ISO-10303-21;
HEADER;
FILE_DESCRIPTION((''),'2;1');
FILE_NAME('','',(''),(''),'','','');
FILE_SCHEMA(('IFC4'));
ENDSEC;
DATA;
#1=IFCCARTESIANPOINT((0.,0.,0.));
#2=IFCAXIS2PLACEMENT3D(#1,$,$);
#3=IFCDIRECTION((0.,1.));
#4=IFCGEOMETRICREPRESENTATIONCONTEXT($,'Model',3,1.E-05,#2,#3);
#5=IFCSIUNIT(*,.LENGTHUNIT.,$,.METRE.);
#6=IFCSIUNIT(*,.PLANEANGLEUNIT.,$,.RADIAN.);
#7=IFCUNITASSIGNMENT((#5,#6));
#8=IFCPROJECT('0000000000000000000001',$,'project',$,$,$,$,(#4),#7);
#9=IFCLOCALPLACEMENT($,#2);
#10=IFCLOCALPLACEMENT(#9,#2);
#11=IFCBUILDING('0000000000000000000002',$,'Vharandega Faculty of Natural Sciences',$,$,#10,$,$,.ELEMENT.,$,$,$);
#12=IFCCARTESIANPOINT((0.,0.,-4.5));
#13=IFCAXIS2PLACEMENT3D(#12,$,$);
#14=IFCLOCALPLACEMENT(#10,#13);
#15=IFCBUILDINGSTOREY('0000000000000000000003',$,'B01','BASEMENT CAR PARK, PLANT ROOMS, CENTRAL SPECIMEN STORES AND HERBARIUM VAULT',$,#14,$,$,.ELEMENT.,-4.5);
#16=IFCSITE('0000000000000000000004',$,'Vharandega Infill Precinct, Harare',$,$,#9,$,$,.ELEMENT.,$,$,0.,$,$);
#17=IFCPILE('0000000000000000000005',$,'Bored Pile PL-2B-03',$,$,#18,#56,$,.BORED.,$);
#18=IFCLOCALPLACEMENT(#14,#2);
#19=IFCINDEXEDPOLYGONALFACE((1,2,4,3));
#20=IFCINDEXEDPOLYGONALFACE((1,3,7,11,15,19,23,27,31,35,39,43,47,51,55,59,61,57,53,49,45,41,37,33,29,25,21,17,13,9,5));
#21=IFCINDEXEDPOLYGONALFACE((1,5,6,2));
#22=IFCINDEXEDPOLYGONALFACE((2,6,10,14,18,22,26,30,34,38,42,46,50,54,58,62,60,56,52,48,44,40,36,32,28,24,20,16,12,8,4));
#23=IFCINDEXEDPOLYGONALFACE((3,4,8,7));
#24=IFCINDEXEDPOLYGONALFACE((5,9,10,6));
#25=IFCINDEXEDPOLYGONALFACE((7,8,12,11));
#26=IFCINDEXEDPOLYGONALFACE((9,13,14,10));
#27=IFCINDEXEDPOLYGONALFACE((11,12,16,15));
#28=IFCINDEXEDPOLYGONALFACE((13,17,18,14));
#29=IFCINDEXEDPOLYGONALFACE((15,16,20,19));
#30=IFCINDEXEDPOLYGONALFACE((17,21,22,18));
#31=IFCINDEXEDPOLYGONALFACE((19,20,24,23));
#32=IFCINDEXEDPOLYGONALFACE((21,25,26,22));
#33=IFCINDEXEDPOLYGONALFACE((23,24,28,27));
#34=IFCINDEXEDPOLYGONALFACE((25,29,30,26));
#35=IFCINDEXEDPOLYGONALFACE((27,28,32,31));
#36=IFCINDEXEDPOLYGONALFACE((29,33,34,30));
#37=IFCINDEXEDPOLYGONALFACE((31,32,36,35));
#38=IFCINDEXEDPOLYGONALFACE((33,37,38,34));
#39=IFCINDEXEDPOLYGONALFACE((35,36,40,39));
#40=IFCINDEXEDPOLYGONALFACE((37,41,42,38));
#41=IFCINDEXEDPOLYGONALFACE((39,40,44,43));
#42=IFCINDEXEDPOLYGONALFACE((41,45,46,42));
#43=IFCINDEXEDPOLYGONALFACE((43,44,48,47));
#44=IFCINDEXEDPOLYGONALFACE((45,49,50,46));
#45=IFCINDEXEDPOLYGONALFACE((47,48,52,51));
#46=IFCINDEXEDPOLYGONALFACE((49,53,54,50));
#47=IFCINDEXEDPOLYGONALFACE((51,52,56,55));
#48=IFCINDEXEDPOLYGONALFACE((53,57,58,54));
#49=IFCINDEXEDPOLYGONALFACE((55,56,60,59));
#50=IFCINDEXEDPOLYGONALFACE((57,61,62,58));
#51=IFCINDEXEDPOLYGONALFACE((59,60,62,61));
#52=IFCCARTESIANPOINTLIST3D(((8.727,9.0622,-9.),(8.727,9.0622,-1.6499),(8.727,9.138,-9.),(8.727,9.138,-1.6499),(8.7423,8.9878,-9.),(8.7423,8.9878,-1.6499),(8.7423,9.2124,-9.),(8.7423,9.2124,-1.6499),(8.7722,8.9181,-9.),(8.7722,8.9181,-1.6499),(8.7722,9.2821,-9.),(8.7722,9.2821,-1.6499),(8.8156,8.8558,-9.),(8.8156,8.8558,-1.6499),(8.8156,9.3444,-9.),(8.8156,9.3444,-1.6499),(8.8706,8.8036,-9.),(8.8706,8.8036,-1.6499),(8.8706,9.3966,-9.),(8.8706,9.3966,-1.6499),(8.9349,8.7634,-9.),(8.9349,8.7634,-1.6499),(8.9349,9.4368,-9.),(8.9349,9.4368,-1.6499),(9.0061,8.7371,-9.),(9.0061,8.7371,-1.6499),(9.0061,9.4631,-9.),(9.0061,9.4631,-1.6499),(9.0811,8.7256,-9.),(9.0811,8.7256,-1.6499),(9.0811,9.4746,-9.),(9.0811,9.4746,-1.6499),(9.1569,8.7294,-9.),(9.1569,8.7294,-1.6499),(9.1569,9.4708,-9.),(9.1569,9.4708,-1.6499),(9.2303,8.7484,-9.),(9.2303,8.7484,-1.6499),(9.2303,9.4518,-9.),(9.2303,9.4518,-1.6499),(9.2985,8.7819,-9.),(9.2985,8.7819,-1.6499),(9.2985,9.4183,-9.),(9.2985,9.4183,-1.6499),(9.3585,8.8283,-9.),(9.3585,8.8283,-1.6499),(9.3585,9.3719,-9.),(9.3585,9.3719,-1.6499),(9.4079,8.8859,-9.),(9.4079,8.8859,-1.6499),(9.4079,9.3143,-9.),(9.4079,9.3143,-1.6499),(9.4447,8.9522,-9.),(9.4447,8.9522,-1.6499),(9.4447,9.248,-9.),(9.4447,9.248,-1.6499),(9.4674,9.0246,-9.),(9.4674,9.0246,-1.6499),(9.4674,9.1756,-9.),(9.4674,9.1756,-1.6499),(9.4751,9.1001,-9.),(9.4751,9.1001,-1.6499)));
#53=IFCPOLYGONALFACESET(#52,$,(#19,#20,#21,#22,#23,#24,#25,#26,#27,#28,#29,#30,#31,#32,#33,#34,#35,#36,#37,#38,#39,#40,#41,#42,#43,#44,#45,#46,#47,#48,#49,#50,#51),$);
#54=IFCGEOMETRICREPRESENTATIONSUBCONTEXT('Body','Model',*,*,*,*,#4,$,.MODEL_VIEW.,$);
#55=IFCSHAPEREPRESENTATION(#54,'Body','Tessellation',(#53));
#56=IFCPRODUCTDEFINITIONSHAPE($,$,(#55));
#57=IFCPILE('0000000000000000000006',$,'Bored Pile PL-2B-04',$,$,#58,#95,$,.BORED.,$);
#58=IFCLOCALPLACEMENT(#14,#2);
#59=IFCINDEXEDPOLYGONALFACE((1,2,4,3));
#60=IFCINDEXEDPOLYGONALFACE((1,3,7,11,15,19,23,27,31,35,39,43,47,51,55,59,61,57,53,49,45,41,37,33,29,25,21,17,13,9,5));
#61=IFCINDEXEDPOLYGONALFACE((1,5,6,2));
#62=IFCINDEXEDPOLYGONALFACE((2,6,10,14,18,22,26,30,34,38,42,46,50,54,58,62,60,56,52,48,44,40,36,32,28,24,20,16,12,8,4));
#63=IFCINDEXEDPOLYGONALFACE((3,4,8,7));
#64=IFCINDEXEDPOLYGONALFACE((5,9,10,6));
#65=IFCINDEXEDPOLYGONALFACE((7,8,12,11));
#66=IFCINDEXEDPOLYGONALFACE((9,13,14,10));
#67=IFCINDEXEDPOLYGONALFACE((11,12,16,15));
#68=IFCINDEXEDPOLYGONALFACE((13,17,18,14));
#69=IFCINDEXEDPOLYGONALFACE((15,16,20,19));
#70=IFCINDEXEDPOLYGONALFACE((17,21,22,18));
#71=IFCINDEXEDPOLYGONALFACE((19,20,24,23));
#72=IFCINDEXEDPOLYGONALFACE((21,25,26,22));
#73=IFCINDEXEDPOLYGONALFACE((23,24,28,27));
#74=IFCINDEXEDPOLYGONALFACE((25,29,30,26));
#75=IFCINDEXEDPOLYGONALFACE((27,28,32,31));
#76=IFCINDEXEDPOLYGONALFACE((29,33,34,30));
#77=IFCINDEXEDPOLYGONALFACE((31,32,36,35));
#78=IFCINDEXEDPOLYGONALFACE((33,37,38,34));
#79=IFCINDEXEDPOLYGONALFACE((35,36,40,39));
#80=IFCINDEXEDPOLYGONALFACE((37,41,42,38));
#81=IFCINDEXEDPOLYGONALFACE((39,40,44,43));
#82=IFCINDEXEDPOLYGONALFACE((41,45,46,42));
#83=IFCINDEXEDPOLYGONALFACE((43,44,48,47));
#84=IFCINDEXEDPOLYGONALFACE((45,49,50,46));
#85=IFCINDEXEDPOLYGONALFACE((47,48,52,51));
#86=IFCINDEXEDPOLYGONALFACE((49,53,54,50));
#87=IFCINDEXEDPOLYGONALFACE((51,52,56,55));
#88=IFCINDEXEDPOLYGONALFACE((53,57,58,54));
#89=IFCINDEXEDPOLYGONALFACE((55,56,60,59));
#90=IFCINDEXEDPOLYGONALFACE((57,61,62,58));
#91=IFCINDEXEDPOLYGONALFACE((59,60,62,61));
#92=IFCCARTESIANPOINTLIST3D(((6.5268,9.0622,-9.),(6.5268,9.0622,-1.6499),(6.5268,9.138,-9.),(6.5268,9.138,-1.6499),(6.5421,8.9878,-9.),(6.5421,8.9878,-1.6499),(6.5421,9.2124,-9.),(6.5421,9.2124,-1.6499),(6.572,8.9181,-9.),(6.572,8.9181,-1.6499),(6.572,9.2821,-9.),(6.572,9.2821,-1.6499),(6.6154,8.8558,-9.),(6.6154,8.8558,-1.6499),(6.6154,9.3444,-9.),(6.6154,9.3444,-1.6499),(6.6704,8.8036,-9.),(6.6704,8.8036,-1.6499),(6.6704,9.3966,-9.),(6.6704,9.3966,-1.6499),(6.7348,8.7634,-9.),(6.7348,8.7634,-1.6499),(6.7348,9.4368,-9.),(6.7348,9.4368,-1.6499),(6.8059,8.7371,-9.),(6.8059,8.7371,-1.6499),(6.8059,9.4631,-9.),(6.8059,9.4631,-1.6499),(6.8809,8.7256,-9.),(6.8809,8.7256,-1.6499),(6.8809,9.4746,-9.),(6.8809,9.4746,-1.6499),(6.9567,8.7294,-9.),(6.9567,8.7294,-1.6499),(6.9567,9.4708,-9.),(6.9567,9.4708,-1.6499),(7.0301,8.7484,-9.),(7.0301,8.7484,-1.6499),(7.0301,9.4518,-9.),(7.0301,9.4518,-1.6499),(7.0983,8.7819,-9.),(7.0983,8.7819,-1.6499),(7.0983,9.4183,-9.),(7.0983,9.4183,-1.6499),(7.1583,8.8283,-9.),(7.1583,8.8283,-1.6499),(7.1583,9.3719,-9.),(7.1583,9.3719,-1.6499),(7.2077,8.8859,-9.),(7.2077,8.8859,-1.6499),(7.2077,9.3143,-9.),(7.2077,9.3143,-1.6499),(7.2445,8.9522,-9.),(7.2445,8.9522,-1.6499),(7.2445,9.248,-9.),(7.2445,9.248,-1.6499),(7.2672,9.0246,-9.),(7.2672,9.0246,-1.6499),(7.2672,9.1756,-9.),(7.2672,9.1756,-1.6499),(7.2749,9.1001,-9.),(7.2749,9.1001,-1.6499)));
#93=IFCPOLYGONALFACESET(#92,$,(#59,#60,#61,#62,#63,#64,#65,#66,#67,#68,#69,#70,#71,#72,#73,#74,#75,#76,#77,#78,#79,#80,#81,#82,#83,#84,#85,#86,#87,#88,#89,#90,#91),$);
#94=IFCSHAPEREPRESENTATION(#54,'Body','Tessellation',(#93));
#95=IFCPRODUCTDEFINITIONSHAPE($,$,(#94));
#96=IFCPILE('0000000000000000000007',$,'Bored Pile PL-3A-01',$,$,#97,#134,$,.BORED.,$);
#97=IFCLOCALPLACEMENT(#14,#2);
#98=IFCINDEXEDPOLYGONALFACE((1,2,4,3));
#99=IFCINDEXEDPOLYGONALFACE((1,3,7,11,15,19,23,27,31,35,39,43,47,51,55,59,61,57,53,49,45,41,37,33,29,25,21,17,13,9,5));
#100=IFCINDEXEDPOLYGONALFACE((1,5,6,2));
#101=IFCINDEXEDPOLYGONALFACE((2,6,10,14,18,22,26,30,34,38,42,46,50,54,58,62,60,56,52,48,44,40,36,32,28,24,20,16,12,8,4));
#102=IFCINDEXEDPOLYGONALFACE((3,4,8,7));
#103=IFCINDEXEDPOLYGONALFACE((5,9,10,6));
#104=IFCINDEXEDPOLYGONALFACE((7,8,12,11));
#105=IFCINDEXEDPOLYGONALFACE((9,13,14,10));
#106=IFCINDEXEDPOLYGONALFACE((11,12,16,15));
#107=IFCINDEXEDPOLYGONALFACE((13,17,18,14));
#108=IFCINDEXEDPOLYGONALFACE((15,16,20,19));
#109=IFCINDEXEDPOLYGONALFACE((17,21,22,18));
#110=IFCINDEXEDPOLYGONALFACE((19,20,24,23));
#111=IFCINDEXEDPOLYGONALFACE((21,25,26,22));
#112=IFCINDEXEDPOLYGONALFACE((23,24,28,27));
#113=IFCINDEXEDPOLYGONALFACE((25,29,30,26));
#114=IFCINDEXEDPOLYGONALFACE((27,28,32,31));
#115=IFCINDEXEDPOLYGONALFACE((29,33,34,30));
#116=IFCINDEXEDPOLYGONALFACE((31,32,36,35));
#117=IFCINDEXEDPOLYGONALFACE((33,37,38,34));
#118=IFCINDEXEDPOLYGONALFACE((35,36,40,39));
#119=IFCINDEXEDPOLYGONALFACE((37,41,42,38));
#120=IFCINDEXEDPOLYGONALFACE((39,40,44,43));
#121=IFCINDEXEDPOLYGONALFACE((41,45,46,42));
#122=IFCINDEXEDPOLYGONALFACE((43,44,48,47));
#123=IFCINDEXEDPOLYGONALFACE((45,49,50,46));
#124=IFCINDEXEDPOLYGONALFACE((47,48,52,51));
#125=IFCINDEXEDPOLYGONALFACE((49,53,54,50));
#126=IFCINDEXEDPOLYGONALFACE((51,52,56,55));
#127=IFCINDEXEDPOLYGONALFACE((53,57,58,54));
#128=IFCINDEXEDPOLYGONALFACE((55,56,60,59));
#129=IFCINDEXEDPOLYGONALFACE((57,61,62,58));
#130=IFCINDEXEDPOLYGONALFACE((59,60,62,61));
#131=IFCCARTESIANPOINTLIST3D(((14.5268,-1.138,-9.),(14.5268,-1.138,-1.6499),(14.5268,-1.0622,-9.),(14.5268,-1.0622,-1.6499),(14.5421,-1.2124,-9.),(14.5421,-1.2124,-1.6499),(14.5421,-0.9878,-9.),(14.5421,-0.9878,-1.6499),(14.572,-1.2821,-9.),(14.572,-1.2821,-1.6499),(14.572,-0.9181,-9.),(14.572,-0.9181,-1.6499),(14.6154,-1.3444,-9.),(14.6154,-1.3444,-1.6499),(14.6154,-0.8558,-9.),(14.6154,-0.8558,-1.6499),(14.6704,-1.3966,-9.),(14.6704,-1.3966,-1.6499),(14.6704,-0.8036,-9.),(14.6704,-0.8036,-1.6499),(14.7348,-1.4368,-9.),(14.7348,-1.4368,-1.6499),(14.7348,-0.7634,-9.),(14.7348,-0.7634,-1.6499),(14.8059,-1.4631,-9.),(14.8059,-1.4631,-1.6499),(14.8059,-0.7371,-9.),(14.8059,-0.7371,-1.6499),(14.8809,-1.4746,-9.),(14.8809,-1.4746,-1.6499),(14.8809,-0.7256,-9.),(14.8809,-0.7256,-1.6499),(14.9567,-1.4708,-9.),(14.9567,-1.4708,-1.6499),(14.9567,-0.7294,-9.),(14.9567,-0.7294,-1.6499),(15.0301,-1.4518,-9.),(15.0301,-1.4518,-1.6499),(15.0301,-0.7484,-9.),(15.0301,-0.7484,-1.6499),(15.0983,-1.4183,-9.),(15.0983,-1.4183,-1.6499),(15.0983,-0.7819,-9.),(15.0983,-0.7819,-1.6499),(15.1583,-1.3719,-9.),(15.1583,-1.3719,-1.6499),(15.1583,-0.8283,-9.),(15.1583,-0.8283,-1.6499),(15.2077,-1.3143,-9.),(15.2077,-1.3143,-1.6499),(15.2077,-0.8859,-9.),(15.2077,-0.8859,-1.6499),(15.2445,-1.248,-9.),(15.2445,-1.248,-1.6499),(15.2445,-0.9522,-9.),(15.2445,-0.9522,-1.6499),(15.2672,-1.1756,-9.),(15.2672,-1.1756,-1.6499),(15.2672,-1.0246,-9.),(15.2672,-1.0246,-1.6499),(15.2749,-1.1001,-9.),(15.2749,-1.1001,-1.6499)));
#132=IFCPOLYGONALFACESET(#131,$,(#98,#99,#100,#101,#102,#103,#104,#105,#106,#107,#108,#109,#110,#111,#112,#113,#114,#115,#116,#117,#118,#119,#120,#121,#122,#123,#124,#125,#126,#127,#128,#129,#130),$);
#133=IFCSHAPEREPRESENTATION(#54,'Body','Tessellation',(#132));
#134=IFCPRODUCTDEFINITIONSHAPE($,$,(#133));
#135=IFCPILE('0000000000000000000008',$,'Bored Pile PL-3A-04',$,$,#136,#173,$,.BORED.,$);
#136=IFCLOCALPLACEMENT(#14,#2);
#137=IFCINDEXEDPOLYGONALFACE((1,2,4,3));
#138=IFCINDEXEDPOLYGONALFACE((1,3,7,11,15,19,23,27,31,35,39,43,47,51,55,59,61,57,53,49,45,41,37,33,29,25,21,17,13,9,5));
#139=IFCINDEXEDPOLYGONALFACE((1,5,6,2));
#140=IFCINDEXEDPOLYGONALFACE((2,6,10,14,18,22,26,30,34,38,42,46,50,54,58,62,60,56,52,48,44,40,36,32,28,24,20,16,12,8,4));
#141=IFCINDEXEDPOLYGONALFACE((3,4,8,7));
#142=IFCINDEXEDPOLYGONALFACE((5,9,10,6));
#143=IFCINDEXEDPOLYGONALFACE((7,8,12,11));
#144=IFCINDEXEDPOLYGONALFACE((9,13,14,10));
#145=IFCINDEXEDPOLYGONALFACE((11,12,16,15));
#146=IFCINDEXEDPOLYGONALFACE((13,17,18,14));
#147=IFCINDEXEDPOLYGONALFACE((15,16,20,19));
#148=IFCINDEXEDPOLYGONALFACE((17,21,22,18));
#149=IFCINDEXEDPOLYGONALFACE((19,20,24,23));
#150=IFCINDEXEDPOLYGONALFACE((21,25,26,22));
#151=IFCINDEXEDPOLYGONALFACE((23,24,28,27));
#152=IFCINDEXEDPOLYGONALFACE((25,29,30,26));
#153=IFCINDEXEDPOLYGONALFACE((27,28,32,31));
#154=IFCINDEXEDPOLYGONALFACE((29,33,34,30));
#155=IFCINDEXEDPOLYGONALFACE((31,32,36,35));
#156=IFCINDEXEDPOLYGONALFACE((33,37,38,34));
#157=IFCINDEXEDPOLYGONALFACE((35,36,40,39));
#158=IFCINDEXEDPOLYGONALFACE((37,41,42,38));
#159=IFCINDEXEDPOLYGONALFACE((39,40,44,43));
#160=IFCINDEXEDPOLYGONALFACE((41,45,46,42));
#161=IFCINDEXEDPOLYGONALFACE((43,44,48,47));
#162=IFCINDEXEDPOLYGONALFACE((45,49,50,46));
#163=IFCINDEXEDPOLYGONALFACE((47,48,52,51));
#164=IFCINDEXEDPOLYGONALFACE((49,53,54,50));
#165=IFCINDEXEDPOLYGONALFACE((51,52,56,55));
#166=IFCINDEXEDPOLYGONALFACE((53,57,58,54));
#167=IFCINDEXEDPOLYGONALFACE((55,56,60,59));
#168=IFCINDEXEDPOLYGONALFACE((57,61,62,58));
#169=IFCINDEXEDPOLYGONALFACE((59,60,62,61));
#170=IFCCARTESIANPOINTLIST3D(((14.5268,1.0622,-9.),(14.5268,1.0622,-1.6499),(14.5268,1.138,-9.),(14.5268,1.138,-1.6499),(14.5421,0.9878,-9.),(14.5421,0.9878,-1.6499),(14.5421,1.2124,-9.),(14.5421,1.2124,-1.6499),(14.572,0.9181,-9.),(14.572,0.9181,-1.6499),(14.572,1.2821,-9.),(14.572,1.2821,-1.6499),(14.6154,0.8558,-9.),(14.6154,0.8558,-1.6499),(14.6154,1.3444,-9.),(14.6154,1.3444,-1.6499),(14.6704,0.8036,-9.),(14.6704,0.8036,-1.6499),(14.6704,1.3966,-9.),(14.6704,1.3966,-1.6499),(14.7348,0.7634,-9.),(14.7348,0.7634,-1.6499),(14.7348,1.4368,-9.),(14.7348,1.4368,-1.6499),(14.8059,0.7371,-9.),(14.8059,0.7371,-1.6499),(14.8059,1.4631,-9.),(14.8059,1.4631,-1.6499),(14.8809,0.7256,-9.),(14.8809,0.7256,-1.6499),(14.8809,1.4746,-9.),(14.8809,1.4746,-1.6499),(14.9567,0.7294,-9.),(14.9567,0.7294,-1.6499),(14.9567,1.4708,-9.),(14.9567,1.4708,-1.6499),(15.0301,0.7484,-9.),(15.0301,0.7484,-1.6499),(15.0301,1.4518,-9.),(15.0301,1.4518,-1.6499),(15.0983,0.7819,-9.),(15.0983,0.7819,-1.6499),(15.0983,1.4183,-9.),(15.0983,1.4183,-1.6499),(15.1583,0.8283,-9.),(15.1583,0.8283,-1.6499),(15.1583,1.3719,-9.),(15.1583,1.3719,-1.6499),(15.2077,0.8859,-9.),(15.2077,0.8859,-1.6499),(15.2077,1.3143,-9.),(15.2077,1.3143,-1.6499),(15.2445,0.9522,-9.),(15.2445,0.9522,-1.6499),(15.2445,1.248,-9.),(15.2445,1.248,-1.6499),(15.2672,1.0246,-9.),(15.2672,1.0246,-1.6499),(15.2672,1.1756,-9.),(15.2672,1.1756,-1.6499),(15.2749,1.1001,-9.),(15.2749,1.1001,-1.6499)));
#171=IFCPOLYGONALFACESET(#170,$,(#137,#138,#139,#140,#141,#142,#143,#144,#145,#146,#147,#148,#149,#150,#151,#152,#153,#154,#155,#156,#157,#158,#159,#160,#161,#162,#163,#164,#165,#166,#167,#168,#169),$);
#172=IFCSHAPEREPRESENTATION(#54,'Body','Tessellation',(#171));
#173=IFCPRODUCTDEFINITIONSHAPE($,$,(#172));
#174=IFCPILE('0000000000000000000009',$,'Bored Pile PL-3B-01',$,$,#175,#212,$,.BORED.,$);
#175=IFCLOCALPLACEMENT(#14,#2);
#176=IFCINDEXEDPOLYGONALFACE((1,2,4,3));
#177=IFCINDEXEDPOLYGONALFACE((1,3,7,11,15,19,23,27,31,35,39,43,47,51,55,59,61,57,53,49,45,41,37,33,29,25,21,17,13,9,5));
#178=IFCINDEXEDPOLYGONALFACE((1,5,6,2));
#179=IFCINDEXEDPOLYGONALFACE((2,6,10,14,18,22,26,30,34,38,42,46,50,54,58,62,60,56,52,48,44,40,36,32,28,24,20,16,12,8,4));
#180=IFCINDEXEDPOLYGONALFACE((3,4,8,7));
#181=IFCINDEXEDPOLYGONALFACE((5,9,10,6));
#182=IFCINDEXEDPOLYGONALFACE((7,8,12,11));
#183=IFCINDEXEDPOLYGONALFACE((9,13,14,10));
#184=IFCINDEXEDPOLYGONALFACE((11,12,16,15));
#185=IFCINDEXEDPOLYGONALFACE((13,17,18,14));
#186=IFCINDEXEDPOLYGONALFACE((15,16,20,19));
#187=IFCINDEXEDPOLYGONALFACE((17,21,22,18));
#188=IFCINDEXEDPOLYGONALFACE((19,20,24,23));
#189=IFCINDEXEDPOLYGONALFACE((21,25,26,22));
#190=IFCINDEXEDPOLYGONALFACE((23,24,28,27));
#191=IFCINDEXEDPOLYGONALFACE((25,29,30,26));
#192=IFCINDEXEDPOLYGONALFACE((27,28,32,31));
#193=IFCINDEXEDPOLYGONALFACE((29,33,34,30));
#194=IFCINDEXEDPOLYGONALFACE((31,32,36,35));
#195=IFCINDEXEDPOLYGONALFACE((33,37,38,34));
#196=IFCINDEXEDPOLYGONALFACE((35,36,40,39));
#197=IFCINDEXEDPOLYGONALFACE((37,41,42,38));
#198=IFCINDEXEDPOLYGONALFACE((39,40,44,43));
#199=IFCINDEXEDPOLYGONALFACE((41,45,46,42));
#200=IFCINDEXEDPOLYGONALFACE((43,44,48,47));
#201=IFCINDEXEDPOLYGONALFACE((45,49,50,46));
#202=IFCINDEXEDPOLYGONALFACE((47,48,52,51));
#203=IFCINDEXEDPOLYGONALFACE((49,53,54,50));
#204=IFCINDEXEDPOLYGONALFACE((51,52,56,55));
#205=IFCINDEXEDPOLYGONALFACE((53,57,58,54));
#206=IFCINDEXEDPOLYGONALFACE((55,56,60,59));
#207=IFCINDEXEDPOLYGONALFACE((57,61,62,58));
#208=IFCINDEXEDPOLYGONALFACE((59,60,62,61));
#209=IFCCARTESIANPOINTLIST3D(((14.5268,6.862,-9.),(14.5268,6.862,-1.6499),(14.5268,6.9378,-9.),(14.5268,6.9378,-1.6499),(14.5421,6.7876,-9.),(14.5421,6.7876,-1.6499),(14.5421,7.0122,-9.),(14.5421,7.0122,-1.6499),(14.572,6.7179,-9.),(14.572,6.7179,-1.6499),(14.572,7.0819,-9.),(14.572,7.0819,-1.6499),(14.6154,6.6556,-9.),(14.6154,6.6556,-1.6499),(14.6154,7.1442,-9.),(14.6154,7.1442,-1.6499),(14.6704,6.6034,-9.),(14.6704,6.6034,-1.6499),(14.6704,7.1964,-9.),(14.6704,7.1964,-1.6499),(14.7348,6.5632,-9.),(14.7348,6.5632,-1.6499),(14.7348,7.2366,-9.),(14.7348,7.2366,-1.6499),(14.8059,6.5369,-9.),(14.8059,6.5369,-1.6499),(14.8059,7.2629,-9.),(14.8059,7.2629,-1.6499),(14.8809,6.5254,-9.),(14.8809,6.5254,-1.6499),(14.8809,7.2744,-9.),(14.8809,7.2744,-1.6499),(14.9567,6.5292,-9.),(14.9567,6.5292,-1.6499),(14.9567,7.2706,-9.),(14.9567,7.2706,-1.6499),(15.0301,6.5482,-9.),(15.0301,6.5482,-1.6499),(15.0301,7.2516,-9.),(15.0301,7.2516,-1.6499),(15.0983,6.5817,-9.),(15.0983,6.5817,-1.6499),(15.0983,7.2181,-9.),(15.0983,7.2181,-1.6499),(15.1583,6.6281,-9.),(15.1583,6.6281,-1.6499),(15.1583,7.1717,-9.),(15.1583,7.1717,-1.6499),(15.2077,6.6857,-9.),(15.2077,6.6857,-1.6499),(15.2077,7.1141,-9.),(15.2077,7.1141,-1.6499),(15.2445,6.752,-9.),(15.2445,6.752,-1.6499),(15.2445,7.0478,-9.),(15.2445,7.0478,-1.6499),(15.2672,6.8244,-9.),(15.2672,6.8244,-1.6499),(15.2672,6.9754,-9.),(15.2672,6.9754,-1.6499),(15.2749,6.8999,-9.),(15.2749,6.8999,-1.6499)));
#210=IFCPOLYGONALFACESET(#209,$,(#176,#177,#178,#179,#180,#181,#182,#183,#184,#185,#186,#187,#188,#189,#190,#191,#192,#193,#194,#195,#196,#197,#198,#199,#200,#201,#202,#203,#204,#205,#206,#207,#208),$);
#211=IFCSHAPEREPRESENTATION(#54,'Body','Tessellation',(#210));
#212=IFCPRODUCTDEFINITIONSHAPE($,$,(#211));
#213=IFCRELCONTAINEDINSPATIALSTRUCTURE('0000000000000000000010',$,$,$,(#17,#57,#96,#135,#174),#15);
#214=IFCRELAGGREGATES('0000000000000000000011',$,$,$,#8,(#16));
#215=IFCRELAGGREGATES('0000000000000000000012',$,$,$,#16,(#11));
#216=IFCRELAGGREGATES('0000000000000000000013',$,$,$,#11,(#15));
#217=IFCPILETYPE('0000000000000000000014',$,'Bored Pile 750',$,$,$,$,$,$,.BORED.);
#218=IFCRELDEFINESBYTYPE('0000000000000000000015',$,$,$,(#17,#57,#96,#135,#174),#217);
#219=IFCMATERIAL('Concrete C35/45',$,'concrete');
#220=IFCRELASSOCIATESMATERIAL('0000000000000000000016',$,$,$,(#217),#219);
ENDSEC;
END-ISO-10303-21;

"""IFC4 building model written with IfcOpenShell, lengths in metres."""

from ifc_helpers import new_model, si_unit, direction, frame, origin, origin_2d, place, context, subcontext, project, spatial, circle, extrude, material, material_profile, profile_set, type_object, element, save


model = new_model("IFC4")

# Units and contexts
model_context = context("Model", 3, precision=1e-05, world=origin(), true_north=direction((0.0, 1.0)))
body_context = subcontext(model_context, "Body", "Model", "MODEL_VIEW")
ifc_project = project(units=[si_unit("LENGTHUNIT", "METRE"), si_unit("PLANEANGLEUNIT", "RADIAN")], contexts=[model_context])

# Site, building, storey
site_placement = place(None, origin())
site = spatial("IfcSite", under=ifc_project, at=site_placement, Name="Vharandega Infill Precinct, Harare", CompositionType="ELEMENT", RefElevation=0.0)
building_placement = place(site_placement, origin())
building = spatial("IfcBuilding", under=site, at=building_placement, Name="Vharandega Faculty of Natural Sciences", CompositionType="ELEMENT")
storey_placement = place(building_placement, frame((0.0, 0.0, -4.5)))
storey = spatial("IfcBuildingStorey", under=building, at=storey_placement, Name="B01", Description="BASEMENT CAR PARK, PLANT ROOMS, CENTRAL SPECIMEN STORES AND HERBARIUM VAULT", CompositionType="ELEMENT", Elevation=-4.5)

# Piles
ifc_material_1 = material(Name="Concrete C35/45", Category="concrete")
ifc_material_profile_1 = material_profile(ifc_material_1, circle(Radius=0.375, at=origin_2d()), Name="PILE 750")
ifc_profile_set_1 = profile_set([ifc_material_profile_1], Name="Concrete C35/45")
pile_type = type_object("IfcPileType", Name="Bored Pile 750", PredefinedType="BORED", material=ifc_profile_set_1)
for number, where, z_axis, x_axis, name in (
    (1, (9.1001, 9.1001, -1.6499), (0.0, 0.0, -1.0), (1.0, 0.0, 0.0), "Bored Pile PL-2B-03"),
    (2, (6.8999, 9.1001, -1.6499), (0.0, 0.0, -1.0), (1.0, 0.0, 0.0), "Bored Pile PL-2B-04"),
    (3, (14.8999, -1.1001, -1.6499), (0.0, 0.0, -1.0), (1.0, 0.0, 0.0), "Bored Pile PL-3A-01"),
    (4, (14.8999, 1.1001, -1.6499), (0.0, 0.0, -1.0), (1.0, 0.0, 0.0), "Bored Pile PL-3A-04"),
    (5, (14.8999, 6.8999, -1.6499), (0.0, 0.0, -1.0), (1.0, 0.0, 0.0), "Bored Pile PL-3B-01"),
):
    element("IfcPile", number, at=place(storey_placement, frame(where, z_axis=z_axis, x_axis=x_axis)), inside=storey, type_object=pile_type, Name=name, PredefinedType="BORED", context=body_context, shape_type="SweptSolid", body=[
        extrude(circle(Radius=0.375, at=origin_2d()), origin(), (0.0, 0.0, 1.0), 7.3501),
    ])

save(model, "model.ifc")
